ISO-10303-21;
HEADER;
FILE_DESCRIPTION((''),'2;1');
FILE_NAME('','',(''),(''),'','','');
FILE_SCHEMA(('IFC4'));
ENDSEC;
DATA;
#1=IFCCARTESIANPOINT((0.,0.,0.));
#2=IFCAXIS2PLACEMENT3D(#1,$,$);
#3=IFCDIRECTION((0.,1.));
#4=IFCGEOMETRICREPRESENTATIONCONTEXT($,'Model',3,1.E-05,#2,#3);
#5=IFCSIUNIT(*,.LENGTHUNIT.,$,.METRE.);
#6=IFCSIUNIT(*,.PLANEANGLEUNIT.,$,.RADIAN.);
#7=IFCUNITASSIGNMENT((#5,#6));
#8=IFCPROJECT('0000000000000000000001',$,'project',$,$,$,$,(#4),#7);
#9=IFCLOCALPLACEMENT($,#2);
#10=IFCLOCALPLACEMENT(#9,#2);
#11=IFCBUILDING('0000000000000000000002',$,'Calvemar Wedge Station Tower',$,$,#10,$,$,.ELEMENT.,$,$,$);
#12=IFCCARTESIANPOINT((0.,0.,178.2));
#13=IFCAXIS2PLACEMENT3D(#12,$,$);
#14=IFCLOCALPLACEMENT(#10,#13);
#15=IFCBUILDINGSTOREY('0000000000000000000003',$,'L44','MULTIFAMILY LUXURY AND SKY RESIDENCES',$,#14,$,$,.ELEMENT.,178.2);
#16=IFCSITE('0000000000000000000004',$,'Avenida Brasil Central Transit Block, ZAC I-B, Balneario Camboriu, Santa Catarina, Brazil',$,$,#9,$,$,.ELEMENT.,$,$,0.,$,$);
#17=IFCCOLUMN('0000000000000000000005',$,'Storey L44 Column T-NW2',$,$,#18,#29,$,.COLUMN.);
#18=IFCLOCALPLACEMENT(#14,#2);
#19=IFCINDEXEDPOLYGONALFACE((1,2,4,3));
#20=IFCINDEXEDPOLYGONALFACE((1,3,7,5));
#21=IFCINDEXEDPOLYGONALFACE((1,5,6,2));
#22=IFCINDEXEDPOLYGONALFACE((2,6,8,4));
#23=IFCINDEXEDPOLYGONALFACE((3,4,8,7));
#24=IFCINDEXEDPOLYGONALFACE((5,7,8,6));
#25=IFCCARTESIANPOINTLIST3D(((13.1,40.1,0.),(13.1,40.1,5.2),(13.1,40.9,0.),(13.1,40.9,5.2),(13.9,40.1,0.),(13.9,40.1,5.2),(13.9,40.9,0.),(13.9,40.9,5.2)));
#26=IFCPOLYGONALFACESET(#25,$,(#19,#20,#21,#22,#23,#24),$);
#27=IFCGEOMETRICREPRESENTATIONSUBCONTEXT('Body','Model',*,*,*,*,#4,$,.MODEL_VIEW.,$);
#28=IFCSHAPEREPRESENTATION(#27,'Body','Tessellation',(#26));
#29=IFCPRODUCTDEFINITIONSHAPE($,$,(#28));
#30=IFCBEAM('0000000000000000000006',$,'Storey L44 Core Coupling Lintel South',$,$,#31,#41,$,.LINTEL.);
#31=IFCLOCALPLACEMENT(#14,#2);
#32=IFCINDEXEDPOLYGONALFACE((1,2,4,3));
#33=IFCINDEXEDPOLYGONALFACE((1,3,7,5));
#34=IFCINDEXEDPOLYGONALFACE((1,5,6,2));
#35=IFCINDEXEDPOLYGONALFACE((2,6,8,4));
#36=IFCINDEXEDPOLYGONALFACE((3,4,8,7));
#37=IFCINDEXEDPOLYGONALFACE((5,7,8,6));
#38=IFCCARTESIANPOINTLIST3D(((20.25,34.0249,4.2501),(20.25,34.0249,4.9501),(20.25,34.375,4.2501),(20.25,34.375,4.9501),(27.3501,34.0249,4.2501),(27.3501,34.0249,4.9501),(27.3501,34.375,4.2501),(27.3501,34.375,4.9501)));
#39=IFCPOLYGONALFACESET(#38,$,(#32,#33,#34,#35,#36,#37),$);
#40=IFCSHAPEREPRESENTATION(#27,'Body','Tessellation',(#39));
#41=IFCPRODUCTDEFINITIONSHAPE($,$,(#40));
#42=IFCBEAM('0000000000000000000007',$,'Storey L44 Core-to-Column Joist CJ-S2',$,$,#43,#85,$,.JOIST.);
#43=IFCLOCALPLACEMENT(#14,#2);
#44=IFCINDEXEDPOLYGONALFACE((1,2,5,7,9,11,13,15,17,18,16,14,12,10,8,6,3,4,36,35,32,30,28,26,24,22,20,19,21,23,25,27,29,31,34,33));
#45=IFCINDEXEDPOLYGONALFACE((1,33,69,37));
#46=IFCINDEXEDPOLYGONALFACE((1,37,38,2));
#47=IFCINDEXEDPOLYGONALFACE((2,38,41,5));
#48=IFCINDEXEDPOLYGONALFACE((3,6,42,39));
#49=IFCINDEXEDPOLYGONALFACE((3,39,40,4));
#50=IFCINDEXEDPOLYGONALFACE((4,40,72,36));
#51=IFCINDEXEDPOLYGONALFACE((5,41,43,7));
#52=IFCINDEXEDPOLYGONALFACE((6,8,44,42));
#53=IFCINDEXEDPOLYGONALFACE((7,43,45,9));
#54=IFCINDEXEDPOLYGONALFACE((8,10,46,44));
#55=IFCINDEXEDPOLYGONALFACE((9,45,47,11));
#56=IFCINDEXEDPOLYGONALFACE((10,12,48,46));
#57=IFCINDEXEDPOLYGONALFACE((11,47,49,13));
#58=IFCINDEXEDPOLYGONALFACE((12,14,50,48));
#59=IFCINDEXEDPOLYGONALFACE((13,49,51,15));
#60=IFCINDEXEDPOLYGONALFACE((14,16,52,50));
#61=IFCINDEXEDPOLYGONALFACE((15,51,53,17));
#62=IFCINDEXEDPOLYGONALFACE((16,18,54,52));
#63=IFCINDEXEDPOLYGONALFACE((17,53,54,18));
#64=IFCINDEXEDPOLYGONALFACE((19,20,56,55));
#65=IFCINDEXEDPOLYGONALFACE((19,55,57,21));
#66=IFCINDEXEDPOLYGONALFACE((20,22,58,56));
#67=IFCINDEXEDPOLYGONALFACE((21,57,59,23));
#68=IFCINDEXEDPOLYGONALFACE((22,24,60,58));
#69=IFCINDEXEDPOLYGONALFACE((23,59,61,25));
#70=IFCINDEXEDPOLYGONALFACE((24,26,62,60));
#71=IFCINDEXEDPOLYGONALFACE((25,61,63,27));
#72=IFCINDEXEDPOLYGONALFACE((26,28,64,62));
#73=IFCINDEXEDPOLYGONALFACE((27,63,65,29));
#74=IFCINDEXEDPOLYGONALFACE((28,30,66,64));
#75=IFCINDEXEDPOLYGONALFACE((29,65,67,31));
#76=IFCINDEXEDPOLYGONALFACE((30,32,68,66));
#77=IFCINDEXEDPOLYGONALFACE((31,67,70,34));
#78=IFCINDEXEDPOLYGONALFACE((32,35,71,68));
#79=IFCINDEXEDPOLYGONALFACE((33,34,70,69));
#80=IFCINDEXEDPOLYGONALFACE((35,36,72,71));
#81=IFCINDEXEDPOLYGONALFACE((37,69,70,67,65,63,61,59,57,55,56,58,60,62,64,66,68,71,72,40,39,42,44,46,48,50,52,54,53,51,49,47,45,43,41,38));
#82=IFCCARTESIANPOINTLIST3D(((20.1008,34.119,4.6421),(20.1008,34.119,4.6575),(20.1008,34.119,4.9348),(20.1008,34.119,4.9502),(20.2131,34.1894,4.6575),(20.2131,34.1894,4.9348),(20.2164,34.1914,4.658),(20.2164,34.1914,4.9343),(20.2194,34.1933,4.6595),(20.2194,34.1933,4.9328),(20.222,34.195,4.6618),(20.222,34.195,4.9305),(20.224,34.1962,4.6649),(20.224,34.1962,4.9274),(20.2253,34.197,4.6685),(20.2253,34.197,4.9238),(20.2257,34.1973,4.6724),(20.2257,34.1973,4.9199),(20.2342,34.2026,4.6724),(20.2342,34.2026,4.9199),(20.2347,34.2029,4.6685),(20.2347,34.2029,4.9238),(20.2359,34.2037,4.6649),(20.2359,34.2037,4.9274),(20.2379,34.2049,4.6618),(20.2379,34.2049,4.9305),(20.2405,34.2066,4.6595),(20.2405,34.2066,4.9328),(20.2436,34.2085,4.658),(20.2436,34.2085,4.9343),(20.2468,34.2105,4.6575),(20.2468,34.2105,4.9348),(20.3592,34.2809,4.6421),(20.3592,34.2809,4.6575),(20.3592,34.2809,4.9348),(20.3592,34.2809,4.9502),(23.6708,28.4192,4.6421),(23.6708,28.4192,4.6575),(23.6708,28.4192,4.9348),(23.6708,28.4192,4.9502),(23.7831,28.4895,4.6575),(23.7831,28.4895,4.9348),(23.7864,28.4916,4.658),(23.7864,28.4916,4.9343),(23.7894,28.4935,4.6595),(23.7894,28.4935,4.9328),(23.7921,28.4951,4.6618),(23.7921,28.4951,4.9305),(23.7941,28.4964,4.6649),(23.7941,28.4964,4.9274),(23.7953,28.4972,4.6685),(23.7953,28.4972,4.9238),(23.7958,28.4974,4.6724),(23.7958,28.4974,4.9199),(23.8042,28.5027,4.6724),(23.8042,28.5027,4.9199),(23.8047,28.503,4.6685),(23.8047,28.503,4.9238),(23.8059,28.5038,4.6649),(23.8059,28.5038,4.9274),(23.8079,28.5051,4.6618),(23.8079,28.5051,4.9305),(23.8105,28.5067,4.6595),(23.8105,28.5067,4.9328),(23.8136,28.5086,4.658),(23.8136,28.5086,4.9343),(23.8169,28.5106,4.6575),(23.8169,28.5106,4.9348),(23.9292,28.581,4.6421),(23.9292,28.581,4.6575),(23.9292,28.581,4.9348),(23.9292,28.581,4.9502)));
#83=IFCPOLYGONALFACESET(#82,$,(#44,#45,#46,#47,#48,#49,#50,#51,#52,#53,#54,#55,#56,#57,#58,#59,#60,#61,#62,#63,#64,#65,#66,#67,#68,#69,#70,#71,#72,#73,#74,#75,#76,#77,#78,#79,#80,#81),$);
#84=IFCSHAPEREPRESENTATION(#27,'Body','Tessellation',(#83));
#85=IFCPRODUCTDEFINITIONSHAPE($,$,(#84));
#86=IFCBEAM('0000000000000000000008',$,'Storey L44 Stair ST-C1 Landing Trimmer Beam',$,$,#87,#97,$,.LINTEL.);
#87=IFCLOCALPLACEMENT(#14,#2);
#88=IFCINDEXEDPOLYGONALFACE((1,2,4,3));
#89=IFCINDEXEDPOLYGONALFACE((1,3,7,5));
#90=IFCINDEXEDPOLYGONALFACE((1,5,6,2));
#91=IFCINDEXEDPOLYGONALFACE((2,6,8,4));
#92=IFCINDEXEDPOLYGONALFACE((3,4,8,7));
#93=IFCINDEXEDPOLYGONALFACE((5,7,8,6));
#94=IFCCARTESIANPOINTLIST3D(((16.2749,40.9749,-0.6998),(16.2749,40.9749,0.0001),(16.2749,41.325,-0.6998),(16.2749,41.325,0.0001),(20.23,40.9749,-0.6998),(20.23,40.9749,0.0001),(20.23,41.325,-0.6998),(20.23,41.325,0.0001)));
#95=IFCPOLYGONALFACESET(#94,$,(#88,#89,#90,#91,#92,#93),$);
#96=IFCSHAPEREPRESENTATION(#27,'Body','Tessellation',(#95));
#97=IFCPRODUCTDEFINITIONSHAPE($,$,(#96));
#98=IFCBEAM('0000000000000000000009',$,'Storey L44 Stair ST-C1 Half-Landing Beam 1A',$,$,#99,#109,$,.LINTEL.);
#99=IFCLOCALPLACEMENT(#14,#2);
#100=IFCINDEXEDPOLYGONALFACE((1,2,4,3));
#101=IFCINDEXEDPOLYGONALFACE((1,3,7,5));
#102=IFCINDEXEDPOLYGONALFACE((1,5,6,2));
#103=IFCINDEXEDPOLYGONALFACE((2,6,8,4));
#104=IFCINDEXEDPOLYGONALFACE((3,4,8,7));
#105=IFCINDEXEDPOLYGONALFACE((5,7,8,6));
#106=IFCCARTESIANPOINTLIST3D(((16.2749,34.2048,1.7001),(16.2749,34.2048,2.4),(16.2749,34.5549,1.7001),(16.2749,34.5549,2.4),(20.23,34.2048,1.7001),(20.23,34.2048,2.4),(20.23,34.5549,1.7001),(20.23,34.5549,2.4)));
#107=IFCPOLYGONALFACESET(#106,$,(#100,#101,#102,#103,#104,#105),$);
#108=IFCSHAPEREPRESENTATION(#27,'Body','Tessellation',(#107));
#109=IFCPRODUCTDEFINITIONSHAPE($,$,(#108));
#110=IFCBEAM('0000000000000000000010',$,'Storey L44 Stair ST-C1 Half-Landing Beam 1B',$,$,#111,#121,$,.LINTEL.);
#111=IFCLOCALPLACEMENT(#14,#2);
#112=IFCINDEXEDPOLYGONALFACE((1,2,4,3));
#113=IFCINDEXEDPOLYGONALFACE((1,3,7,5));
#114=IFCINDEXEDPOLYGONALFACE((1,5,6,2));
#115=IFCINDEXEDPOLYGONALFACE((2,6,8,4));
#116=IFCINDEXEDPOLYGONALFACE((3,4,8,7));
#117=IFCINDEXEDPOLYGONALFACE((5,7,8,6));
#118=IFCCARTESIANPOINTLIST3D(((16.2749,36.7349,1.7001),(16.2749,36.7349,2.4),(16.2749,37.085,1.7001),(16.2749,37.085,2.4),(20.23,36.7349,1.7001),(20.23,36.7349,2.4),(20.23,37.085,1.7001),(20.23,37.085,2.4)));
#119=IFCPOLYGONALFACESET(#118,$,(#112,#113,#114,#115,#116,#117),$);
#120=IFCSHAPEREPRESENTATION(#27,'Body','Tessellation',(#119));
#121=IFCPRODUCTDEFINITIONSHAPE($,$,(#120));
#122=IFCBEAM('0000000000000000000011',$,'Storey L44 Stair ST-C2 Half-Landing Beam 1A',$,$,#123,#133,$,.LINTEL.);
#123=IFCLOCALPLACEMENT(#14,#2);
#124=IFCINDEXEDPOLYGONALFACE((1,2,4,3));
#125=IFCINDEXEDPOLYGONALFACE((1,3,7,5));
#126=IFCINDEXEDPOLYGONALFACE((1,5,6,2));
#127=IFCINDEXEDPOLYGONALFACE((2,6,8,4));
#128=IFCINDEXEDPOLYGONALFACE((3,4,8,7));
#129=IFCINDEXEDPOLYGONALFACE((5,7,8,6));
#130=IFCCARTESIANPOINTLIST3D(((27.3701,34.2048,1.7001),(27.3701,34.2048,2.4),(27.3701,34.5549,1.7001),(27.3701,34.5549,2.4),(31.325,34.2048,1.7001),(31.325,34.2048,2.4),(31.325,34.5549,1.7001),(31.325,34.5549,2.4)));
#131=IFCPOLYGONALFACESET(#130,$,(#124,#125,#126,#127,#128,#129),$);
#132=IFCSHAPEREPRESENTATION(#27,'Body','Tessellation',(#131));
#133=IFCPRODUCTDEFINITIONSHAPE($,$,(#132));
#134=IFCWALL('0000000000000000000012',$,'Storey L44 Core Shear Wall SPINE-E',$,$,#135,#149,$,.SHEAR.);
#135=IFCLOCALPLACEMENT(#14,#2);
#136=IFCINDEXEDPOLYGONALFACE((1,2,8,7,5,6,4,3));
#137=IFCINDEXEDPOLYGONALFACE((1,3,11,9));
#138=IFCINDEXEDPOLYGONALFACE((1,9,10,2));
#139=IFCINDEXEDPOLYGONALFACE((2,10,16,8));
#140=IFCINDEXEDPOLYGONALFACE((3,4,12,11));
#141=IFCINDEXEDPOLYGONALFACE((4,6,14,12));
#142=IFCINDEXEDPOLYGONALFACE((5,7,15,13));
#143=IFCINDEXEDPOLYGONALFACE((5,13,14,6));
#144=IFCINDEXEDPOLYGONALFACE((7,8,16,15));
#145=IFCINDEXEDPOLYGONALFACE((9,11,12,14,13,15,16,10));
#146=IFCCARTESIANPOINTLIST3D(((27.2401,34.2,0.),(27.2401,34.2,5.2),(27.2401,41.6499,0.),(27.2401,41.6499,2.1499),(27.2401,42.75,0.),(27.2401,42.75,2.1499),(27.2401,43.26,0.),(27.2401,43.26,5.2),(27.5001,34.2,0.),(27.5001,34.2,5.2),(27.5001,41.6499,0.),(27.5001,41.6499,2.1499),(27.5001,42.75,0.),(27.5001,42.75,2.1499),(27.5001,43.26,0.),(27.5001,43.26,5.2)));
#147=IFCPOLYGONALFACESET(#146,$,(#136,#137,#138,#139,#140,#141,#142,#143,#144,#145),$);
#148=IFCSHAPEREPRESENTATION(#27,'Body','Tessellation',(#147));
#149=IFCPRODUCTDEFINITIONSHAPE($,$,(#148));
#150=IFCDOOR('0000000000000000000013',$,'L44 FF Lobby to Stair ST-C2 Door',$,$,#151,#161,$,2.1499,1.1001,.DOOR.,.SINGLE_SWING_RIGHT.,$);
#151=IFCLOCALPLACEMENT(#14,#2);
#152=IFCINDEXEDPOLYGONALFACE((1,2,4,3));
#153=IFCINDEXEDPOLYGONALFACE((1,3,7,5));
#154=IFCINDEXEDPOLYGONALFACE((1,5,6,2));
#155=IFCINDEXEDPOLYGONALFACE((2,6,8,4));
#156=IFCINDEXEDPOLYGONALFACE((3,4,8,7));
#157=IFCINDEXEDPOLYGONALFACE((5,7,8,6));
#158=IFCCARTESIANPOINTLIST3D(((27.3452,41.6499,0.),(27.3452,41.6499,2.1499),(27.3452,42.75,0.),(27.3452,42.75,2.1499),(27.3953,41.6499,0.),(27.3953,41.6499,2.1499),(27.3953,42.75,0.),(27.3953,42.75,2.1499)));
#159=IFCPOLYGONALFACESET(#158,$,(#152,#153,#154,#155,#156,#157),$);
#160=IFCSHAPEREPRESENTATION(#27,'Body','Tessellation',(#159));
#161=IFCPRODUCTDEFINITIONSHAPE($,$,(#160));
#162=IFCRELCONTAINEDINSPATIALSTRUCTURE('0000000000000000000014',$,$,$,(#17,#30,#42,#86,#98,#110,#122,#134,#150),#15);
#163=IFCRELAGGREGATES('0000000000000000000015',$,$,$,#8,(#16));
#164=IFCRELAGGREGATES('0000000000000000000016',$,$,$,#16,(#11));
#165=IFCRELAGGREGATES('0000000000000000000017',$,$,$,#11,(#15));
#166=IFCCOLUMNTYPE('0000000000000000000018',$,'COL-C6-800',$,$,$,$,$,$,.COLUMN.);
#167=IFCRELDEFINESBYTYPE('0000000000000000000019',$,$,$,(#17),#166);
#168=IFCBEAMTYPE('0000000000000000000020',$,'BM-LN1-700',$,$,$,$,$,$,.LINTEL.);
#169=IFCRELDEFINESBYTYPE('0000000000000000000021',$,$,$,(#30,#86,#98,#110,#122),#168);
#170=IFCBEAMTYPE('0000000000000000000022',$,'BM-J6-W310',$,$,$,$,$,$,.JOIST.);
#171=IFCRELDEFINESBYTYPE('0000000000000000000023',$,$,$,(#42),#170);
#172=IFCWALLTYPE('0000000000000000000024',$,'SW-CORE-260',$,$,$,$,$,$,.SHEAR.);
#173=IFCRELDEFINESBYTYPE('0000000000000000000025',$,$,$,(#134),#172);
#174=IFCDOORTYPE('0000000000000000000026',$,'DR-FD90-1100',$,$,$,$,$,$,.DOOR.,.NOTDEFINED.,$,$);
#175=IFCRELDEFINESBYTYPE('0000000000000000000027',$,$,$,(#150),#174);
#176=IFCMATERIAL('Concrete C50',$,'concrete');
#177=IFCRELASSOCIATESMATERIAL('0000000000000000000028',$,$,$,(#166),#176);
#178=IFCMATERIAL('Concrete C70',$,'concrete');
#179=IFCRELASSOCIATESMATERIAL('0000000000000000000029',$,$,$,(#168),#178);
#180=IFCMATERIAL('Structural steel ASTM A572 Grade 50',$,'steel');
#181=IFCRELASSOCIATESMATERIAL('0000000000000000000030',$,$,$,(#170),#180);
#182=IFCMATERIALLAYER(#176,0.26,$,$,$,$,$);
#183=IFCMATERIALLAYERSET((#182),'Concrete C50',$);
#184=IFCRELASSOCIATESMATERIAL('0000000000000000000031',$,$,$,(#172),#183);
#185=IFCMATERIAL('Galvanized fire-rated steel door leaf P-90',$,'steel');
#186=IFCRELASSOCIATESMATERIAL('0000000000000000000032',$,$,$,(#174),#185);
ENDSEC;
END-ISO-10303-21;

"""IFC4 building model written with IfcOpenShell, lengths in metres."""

from ifc_helpers import new_model, si_unit, direction, frame, frame_2d, origin, origin_2d, place, context, subcontext, project, spatial, rectangle, i_section, extrude, source, transform, mapped, material, layer, layer_set, material_profile, profile_set, type_object, element, fill, save


model = new_model("IFC4")

# Units and contexts
model_context = context("Model", 3, precision=1e-05, world=origin(), true_north=direction((0.0, 1.0)))
body_context = subcontext(model_context, "Body", "Model", "MODEL_VIEW")
ifc_project = project(units=[si_unit("LENGTHUNIT", "METRE"), si_unit("PLANEANGLEUNIT", "RADIAN")], contexts=[model_context])

# Site, building, storey
site_placement = place(None, origin())
site = spatial("IfcSite", under=ifc_project, at=site_placement, Name="Avenida Brasil Central Transit Block, ZAC I-B, Balneario Camboriu, Santa Catarina, Brazil", CompositionType="ELEMENT", RefElevation=0.0)
building_placement = place(site_placement, origin())
building = spatial("IfcBuilding", under=site, at=building_placement, Name="Calvemar Wedge Station Tower", CompositionType="ELEMENT")
storey_placement = place(building_placement, frame((0.0, 0.0, 178.2)))
storey = spatial("IfcBuildingStorey", under=building, at=storey_placement, Name="L44", Description="MULTIFAMILY LUXURY AND SKY RESIDENCES", CompositionType="ELEMENT", Elevation=178.2)

# Column
ifc_material_1 = material(Name="Concrete C50", Category="concrete")
ifc_material_profile_1 = material_profile(ifc_material_1, rectangle(XDim=0.8, YDim=0.8, at=origin_2d()), Name="RC800x800")
ifc_profile_set_1 = profile_set([ifc_material_profile_1], Name="Concrete C50")
column_type = type_object("IfcColumnType", Name="COL-C6-800", PredefinedType="COLUMN", material=ifc_profile_set_1)
shared_shape_1 = source(origin(), body_context, "Body", "SweptSolid", [
    extrude(rectangle(XDim=0.8, YDim=0.8, at=origin_2d()), origin(), (0.0, 0.0, 1.0), 5.2),
])
column_placement = place(storey_placement, frame((13.5, 40.5, 0.0), z_axis=(0.0, 0.0, 1.0), x_axis=(1.0, 0.0, 0.0)))
element("IfcColumn", 1, at=column_placement, inside=storey, type_object=column_type, Name="Storey L44 Column T-NW2", PredefinedType="COLUMN", context=body_context, shape_type="MappedRepresentation", body=[
    mapped(shared_shape_1, transform((0.0, 0.0, 0.0), scale=1.0)),
])

# Beams
ifc_material_2 = material(Name="Concrete C70", Category="concrete")
ifc_material_profile_2 = material_profile(ifc_material_2, rectangle(XDim=0.3501, YDim=0.7, at=origin_2d()), Name="RC350x700")
ifc_profile_set_2 = profile_set([ifc_material_profile_2], Name="Concrete C70")
beam_type_1 = type_object("IfcBeamType", Name="BM-LN1-700", PredefinedType="LINTEL", material=ifc_profile_set_2)
shared_shape_2 = source(origin(), body_context, "Body", "SweptSolid", [
    extrude(rectangle(XDim=0.3501, YDim=0.7, at=origin_2d()), origin(), (0.0, 0.0, 1.0), 7.1001),
])
beam_1_placement = place(storey_placement, frame((20.25, 34.2, 4.6001), z_axis=(1.0, 0.0, 0.0), x_axis=(0.0, 1.0, 0.0)))
element("IfcBeam", 2, at=beam_1_placement, inside=storey, type_object=beam_type_1, Name="Storey L44 Core Coupling Lintel South", PredefinedType="LINTEL", context=body_context, shape_type="MappedRepresentation", body=[
    mapped(shared_shape_2, transform((0.0, 0.0, 0.0), scale=1.0)),
])
ifc_material_3 = material(Name="Structural steel ASTM A572 Grade 50", Category="steel")
ifc_material_profile_3 = material_profile(ifc_material_3, i_section(OverallWidth=0.3049, OverallDepth=0.3081, WebThickness=0.01, FlangeThickness=0.0154, FilletRadius=0.0149, at=origin_2d()), Name="W310x97")
ifc_profile_set_3 = profile_set([ifc_material_profile_3], Name="Structural steel ASTM A572 Grade 50")
beam_type_2 = type_object("IfcBeamType", Name="BM-J6-W310", PredefinedType="JOIST", material=ifc_profile_set_3)
shared_shape_3 = source(origin(), body_context, "Body", "SweptSolid", [
    extrude(i_section(OverallWidth=0.3049, OverallDepth=0.3081, WebThickness=0.01, FlangeThickness=0.0154, FilletRadius=0.0149, at=origin_2d()), origin(), (0.0, 0.0, 1.0), 6.7256),
])
beam_2_placement = place(storey_placement, frame((20.23, 34.2, 4.7961), z_axis=(0.530811, -0.84749, 0.0), x_axis=(0.84749, 0.530811, 0.0)))
element("IfcBeam", 3, at=beam_2_placement, inside=storey, type_object=beam_type_2, Name="Storey L44 Core-to-Column Joist CJ-S2", PredefinedType="JOIST", context=body_context, shape_type="MappedRepresentation", body=[
    mapped(shared_shape_3, transform((0.0, 0.0, 0.0), scale=1.0)),
])
shared_shape_4 = source(origin(), body_context, "Body", "SweptSolid", [
    extrude(rectangle(XDim=0.3501, YDim=0.7, at=origin_2d()), origin(), (0.0, 0.0, 1.0), 3.9551),
])
for number, where, z_axis, x_axis, name in (
    (4, (16.2749, 41.1499, -0.3499), (1.0, 0.0, 0.0), (0.0, 1.0, 0.0), "Storey L44 Stair ST-C1 Landing Trimmer Beam"),
    (5, (16.2749, 34.3799, 2.05), (1.0, 0.0, 0.0), (0.0, 1.0, 0.0), "Storey L44 Stair ST-C1 Half-Landing Beam 1A"),
    (6, (16.2749, 36.9099, 2.05), (1.0, 0.0, 0.0), (0.0, 1.0, 0.0), "Storey L44 Stair ST-C1 Half-Landing Beam 1B"),
):
    element("IfcBeam", number, at=place(storey_placement, frame(where, z_axis=z_axis, x_axis=x_axis)), inside=storey, type_object=beam_type_1, Name=name, PredefinedType="LINTEL", context=body_context, shape_type="MappedRepresentation", body=[
        mapped(shared_shape_4, transform((0.0, 0.0, 0.0), scale=1.0)),
    ])
shared_shape_5 = source(origin(), body_context, "Body", "SweptSolid", [
    extrude(rectangle(XDim=0.3501, YDim=0.7, at=origin_2d()), origin(), (0.0, 0.0, 1.0), 3.9548),
])
beam_3_placement = place(storey_placement, frame((27.3701, 34.3799, 2.05), z_axis=(1.0, 0.0, 0.0), x_axis=(0.0, 1.0, 0.0)))
element("IfcBeam", 7, at=beam_3_placement, inside=storey, type_object=beam_type_1, Name="Storey L44 Stair ST-C2 Half-Landing Beam 1A", PredefinedType="LINTEL", context=body_context, shape_type="MappedRepresentation", body=[
    mapped(shared_shape_5, transform((0.0, 0.0, 0.0), scale=1.0)),
])

# Wall, opening, door
ifc_layer_1 = layer(ifc_material_1, 0.26)
ifc_layer_set_1 = layer_set([ifc_layer_1], Name="Concrete C50")
wall_type_1 = type_object("IfcWallType", Name="SW-CORE-260", PredefinedType="SHEAR", material=ifc_layer_set_1)
wall_1_placement = place(storey_placement, frame((27.3701, 34.2, 0.0), z_axis=(0.0, 0.0, 1.0), x_axis=(0.0, 1.0, 0.0)))
wall_1 = element("IfcWall", 8, at=wall_1_placement, inside=storey, type_object=wall_type_1, Name="Storey L44 Core Shear Wall SPINE-E", PredefinedType="SHEAR", context=body_context, shape_type="SweptSolid", body=[
    extrude(rectangle(XDim=9.0601, YDim=0.26, at=frame_2d((4.53, 0.0))), origin(), (0.0, 0.0, 1.0), 5.2),
])
shared_shape_6 = source(origin(), body_context, "Body", "SweptSolid", [
    extrude(rectangle(XDim=1.1001, YDim=2.1499, at=frame_2d((0.55, 1.075))), frame((0.0, 0.1401, 0.0), z_axis=(0.0, -1.0, 0.0), x_axis=(1.0, 0.0, 0.0)), (0.0, 0.0, 1.0), 0.28),
])
opening_1_placement = place(wall_1_placement, frame((7.45, 0.0, 0.0)))
opening_1 = element("IfcOpeningElement", 9, at=opening_1_placement, cuts=wall_1, PredefinedType="OPENING", context=body_context, shape_type="MappedRepresentation", body=[
    mapped(shared_shape_6, transform((0.0, 0.0, 0.0), scale=1.0)),
])
ifc_material_4 = material(Name="Galvanized fire-rated steel door leaf P-90", Category="steel")
door_type_1 = type_object("IfcDoorType", Name="DR-FD90-1100", OperationType="NOTDEFINED", PredefinedType="DOOR", material=ifc_material_4)
shared_shape_7 = source(origin(), body_context, "Body", "SweptSolid", [
    extrude(rectangle(XDim=1.1001, YDim=2.1499, at=frame_2d((0.55, 1.075))), frame((0.0, 0.0249, 0.0), z_axis=(0.0, -1.0, 0.0), x_axis=(1.0, 0.0, 0.0)), (0.0, 0.0, 1.0), 0.05),
])
door_1_placement = place(opening_1_placement, origin())
door_1 = element("IfcDoor", 10, at=door_1_placement, inside=storey, type_object=door_type_1, Name="L44 FF Lobby to Stair ST-C2 Door", OperationType="SINGLE_SWING_RIGHT", OverallHeight=2.1499, OverallWidth=1.1001, PredefinedType="DOOR", context=body_context, shape_type="MappedRepresentation", body=[
    mapped(shared_shape_7, transform((0.0, 0.0, 0.0), scale=1.0)),
])
fill(opening_1, door_1)

save(model, "model.ifc")
